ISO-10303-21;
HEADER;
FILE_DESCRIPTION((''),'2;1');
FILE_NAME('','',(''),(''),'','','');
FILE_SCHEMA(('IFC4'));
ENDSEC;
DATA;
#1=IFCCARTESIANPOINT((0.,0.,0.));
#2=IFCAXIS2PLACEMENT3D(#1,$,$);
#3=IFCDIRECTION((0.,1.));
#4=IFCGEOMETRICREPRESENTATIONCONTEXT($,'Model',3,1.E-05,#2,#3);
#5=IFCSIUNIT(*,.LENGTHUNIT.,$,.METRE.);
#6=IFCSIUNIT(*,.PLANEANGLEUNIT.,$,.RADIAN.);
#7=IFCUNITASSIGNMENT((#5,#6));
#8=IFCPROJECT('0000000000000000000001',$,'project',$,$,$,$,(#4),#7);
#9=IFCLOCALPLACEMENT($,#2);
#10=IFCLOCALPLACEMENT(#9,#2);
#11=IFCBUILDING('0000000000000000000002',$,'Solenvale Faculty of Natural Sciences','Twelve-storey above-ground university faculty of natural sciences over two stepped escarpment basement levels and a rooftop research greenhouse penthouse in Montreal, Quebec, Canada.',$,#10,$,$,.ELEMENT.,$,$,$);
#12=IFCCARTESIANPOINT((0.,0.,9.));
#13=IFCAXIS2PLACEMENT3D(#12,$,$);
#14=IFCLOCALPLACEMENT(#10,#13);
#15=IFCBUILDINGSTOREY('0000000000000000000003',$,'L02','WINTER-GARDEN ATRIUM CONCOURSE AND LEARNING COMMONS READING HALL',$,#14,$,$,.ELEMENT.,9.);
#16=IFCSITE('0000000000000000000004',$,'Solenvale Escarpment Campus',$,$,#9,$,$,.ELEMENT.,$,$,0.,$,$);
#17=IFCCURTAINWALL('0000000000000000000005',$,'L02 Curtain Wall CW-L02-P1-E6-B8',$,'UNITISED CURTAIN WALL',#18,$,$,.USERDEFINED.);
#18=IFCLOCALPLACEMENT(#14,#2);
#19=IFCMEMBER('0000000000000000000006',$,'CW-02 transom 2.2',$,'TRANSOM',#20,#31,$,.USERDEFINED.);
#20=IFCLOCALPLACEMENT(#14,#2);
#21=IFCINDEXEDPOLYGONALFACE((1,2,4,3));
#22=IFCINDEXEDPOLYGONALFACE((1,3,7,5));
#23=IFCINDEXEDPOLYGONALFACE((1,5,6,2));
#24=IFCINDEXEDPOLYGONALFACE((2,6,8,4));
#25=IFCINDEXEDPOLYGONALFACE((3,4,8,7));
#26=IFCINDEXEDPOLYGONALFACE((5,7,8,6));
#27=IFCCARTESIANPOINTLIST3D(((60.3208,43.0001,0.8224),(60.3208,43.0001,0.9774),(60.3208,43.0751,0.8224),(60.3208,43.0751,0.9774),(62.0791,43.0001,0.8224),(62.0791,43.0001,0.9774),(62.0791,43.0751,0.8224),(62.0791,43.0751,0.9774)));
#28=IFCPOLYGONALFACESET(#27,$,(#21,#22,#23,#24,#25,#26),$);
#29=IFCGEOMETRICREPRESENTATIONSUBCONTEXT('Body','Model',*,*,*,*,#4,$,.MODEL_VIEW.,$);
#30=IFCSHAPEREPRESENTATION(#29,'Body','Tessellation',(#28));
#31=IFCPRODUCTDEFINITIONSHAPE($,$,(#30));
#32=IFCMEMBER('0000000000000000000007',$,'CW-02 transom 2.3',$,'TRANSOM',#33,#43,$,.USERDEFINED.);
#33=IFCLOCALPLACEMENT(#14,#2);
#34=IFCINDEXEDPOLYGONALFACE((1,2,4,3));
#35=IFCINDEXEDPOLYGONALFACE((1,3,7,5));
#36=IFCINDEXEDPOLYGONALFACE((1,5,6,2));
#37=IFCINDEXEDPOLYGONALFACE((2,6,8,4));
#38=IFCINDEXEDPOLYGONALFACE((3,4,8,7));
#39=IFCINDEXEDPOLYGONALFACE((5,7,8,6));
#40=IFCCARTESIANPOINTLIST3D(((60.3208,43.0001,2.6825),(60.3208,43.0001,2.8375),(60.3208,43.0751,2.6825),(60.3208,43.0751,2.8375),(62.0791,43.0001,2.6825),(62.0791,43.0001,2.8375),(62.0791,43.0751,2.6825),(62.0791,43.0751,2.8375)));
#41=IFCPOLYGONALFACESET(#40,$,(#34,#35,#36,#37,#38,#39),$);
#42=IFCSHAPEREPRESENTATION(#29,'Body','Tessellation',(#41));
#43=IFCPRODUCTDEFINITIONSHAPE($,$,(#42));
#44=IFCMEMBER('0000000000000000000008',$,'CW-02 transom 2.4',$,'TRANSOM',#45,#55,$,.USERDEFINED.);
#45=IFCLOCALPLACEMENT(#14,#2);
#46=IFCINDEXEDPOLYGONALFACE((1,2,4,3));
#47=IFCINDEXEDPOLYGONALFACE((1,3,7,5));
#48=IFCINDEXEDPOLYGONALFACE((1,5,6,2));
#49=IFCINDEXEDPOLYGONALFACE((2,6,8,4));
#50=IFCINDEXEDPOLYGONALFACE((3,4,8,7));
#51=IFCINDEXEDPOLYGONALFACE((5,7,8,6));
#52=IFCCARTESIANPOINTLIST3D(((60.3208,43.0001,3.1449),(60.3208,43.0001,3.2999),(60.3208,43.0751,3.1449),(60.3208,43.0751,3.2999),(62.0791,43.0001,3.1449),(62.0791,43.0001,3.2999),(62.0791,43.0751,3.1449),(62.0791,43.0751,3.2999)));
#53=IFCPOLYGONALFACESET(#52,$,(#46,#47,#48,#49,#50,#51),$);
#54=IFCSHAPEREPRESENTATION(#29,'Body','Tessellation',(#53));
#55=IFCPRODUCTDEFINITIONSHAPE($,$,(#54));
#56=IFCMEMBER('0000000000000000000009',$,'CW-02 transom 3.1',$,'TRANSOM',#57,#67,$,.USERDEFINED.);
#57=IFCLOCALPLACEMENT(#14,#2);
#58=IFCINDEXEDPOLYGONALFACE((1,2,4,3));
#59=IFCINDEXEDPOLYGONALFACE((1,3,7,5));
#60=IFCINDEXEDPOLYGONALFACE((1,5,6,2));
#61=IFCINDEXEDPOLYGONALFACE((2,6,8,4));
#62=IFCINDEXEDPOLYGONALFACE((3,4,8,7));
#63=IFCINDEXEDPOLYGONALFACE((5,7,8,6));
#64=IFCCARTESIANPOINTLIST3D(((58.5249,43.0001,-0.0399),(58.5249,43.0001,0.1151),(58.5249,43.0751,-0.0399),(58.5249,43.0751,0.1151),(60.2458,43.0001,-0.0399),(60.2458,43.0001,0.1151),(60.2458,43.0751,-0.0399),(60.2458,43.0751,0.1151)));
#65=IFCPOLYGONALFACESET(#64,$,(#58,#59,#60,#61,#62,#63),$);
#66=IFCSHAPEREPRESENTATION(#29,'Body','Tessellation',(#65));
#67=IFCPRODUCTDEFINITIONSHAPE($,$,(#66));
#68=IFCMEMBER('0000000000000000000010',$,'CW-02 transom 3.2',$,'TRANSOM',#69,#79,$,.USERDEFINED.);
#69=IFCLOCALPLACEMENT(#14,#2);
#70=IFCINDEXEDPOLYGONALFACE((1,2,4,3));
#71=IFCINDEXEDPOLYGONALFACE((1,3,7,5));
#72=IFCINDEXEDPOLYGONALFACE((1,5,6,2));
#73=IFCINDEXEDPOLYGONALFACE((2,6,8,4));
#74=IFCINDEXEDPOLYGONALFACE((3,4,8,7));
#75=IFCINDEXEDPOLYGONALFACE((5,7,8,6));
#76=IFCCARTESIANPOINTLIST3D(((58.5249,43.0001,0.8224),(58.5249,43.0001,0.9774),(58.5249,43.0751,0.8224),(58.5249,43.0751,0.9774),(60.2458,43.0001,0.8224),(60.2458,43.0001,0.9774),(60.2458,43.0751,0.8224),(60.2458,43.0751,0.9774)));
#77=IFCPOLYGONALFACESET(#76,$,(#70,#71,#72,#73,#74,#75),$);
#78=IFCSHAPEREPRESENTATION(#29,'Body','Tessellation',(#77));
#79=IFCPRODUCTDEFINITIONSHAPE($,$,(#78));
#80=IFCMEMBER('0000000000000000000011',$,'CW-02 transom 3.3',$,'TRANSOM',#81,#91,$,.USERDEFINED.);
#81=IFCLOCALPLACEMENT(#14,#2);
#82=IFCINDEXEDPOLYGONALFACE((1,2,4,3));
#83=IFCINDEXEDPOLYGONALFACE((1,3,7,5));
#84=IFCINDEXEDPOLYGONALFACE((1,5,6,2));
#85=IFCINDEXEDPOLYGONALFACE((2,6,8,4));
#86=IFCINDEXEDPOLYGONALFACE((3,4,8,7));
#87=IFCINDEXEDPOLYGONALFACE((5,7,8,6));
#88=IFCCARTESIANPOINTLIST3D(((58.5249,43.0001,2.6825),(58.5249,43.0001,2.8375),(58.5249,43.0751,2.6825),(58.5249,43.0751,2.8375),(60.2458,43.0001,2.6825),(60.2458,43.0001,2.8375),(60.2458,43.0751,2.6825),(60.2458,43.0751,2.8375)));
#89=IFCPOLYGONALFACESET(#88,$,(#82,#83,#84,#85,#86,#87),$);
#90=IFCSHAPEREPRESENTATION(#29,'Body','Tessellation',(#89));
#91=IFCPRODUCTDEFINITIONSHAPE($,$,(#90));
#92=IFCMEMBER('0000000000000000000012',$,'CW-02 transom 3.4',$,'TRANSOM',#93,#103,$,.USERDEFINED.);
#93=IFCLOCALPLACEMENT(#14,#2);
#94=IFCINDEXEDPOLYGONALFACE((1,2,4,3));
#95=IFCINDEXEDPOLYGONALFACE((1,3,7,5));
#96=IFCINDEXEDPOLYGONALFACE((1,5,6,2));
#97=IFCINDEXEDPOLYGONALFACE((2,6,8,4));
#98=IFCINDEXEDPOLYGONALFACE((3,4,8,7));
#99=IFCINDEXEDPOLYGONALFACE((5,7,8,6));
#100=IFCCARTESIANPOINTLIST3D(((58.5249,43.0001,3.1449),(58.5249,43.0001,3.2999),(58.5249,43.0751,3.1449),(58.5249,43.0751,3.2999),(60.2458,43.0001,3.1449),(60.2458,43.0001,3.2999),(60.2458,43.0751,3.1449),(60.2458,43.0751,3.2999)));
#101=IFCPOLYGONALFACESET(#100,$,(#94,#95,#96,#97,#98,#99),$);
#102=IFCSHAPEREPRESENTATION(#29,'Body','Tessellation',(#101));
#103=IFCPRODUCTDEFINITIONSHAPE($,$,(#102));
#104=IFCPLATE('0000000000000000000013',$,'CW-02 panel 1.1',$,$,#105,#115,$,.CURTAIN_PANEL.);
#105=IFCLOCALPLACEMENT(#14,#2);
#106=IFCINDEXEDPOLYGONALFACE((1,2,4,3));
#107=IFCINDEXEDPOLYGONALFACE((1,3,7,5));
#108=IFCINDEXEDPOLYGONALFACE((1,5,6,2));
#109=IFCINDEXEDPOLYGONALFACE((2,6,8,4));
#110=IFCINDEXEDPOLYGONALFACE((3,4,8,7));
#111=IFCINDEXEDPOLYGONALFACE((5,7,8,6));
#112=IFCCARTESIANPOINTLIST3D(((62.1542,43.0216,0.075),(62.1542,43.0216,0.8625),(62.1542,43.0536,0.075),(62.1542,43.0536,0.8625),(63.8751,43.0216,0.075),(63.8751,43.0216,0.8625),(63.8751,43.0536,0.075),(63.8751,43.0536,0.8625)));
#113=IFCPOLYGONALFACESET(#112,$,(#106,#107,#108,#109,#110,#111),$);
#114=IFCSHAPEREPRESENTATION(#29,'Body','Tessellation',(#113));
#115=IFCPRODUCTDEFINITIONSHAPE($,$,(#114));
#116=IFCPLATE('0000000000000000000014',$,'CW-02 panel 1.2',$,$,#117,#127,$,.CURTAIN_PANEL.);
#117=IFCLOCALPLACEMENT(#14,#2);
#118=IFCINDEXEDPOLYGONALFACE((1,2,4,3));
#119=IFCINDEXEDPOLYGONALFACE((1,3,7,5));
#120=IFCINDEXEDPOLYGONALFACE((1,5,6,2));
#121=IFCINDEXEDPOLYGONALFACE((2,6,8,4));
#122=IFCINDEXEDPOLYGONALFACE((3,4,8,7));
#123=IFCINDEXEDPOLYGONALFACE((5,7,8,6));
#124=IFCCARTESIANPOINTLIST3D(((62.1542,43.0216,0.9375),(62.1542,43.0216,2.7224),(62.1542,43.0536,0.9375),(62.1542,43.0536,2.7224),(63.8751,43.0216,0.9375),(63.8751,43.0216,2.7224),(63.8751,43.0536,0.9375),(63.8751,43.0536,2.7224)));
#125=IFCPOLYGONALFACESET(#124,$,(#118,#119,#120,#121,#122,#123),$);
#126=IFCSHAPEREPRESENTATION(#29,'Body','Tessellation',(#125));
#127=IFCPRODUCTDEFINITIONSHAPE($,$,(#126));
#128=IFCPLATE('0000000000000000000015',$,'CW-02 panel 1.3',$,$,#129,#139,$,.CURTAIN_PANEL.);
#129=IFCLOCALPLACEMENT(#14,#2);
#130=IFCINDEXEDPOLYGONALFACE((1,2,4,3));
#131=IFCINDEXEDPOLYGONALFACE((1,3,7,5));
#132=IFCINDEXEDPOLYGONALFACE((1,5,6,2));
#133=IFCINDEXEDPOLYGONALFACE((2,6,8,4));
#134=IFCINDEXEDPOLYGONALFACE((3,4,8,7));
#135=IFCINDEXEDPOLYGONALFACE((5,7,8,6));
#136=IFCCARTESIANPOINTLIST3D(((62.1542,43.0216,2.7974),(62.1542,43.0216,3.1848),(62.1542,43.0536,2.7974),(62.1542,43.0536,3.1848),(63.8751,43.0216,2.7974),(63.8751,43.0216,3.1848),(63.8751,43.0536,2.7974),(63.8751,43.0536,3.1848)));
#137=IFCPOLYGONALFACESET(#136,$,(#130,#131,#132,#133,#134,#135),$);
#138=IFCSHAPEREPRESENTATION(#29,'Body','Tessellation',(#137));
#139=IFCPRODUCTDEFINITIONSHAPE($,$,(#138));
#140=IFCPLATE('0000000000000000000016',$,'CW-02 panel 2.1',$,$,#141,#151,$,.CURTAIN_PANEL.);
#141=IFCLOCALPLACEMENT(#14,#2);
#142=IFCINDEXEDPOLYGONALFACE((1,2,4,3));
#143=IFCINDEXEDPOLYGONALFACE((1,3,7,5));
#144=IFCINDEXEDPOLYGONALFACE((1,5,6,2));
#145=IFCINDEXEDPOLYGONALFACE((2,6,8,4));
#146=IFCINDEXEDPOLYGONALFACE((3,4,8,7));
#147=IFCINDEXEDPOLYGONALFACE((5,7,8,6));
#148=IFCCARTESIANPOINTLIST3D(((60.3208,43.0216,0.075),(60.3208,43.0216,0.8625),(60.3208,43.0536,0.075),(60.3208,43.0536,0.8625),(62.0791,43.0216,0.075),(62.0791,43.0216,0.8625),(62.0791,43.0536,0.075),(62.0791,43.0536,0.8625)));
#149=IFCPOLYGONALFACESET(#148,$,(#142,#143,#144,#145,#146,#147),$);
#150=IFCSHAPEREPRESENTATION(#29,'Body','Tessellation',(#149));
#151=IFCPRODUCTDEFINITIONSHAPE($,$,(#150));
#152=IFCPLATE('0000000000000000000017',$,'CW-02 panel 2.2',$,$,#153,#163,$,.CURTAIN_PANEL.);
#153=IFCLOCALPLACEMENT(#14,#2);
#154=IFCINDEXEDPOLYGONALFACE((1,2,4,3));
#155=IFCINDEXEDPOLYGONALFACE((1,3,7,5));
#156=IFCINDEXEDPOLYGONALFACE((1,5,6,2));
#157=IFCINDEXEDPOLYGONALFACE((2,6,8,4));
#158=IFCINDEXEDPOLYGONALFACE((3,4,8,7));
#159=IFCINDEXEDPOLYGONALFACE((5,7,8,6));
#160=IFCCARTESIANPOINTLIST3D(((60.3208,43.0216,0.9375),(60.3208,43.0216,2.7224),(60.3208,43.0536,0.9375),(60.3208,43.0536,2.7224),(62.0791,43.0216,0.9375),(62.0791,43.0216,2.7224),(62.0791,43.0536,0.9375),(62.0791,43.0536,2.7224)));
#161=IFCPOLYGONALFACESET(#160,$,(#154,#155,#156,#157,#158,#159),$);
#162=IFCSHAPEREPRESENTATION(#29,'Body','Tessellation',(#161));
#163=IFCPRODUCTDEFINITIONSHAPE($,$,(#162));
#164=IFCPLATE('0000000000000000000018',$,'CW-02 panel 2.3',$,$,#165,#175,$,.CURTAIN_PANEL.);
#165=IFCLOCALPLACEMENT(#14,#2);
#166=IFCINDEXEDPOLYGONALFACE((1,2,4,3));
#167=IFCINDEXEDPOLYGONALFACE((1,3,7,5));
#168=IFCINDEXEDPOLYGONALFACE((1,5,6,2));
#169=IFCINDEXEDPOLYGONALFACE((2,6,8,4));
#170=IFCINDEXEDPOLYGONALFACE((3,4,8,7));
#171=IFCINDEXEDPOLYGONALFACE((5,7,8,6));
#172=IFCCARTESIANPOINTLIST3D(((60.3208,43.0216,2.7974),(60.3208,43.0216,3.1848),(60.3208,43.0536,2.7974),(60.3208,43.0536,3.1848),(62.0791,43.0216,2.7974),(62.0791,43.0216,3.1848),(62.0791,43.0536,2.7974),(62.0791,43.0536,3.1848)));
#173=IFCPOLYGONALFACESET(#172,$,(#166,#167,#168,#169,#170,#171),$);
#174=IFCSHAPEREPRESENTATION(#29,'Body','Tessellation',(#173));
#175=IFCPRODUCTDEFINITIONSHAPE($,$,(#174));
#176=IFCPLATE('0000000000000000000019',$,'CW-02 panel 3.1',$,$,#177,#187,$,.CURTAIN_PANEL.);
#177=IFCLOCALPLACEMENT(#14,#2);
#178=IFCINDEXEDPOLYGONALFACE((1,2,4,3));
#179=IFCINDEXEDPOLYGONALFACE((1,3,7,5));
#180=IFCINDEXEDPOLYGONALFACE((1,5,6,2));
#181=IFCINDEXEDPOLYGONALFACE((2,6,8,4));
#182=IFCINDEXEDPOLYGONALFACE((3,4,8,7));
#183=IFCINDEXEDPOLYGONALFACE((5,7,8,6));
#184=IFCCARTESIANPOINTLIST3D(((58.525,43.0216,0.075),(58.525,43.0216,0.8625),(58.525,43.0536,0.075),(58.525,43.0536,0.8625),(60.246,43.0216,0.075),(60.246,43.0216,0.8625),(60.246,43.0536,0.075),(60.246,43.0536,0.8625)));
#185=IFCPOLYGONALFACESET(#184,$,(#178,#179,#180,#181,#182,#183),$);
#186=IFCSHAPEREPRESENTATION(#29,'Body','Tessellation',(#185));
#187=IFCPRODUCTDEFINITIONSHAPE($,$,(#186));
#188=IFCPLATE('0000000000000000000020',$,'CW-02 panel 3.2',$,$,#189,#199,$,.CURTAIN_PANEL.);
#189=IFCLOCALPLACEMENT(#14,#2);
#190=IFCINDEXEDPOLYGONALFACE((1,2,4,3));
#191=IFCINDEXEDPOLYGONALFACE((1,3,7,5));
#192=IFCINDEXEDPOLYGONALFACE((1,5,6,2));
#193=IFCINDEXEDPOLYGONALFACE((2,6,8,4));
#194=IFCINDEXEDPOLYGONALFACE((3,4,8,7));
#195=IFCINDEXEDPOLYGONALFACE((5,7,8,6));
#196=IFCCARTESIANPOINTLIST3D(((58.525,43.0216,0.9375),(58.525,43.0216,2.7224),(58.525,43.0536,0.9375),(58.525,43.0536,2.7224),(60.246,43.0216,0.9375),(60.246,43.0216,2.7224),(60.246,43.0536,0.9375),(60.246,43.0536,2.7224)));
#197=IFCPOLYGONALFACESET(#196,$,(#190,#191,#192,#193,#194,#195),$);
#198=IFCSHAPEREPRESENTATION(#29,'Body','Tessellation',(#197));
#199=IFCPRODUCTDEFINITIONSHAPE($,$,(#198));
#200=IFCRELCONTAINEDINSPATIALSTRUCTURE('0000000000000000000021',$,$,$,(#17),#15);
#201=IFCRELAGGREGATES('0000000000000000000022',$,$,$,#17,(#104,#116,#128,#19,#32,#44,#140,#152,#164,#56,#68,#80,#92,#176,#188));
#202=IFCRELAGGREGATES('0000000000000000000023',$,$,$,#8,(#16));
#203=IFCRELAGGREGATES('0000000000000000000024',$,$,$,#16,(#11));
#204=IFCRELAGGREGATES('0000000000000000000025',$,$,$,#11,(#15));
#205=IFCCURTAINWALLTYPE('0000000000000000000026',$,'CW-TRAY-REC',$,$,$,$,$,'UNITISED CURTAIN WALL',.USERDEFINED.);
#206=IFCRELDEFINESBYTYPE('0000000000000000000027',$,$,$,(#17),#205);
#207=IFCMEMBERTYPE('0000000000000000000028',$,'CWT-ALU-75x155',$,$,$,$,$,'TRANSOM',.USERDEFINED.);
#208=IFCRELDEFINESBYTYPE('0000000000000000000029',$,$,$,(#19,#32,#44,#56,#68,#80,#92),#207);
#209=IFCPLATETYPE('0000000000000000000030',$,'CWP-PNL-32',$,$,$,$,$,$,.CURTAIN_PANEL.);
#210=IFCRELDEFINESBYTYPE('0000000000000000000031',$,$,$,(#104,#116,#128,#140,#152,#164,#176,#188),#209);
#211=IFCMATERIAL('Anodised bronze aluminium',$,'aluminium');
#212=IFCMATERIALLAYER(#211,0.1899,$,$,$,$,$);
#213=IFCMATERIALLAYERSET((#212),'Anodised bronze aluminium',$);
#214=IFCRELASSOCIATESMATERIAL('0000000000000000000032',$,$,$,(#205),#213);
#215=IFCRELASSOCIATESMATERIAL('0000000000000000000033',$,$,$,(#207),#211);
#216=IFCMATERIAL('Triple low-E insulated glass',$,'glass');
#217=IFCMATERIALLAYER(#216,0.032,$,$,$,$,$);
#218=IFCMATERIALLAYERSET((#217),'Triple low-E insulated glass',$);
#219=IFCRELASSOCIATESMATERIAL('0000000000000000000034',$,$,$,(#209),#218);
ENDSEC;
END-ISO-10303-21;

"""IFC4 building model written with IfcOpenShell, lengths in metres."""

from ifc_helpers import new_model, si_unit, direction, frame, origin, origin_2d, place, context, subcontext, project, spatial, rectangle, extrude, material, layer, layer_set, material_profile, profile_set, type_object, element, aggregate, save


model = new_model("IFC4")

# Units and contexts
model_context = context("Model", 3, precision=1e-05, world=origin(), true_north=direction((0.0, 1.0)))
body_context = subcontext(model_context, "Body", "Model", "MODEL_VIEW")
ifc_project = project(units=[si_unit("LENGTHUNIT", "METRE"), si_unit("PLANEANGLEUNIT", "RADIAN")], contexts=[model_context])

# Site, building, storey
site_placement = place(None, origin())
site = spatial("IfcSite", under=ifc_project, at=site_placement, Name="Solenvale Escarpment Campus", CompositionType="ELEMENT", RefElevation=0.0)
building_placement = place(site_placement, origin())
building = spatial("IfcBuilding", under=site, at=building_placement, Name="Solenvale Faculty of Natural Sciences", Description="Twelve-storey above-ground university faculty of natural sciences over two stepped escarpment basement levels and a rooftop research greenhouse penthouse in Montreal, Quebec, Canada.", CompositionType="ELEMENT")
storey_placement = place(building_placement, frame((0.0, 0.0, 9.0)))
storey = spatial("IfcBuildingStorey", under=building, at=storey_placement, Name="L02", Description="WINTER-GARDEN ATRIUM CONCOURSE AND LEARNING COMMONS READING HALL", CompositionType="ELEMENT", Elevation=9.0)

# Curtain wall, members, plates
ifc_material_1 = material(Name="Anodised bronze aluminium", Category="aluminium")
ifc_layer_1 = layer(ifc_material_1, 0.1899)
ifc_layer_set_1 = layer_set([ifc_layer_1], Name="Anodised bronze aluminium")
curtain_wall_type = type_object("IfcCurtainWallType", Name="CW-TRAY-REC", ElementType="UNITISED CURTAIN WALL", PredefinedType="USERDEFINED", material=ifc_layer_set_1)
curtain_wall_placement = place(storey_placement, origin())
curtain_wall = element("IfcCurtainWall", 1, at=curtain_wall_placement, inside=storey, type_object=curtain_wall_type, Name="L02 Curtain Wall CW-L02-P1-E6-B8", ObjectType="UNITISED CURTAIN WALL", PredefinedType="USERDEFINED")
ifc_material_profile_1 = material_profile(ifc_material_1, rectangle(XDim=0.075, YDim=0.155, at=origin_2d()), Name="ALU-TRN-75x155")
ifc_profile_set_1 = profile_set([ifc_material_profile_1], Name="Anodised bronze aluminium")
member_type_1 = type_object("IfcMemberType", Name="CWT-ALU-75x155", ElementType="TRANSOM", PredefinedType="USERDEFINED", material=ifc_profile_set_1)
member_1_placement = place(storey_placement, frame((62.0791, 43.0376, 0.8999), z_axis=(-1.0, 0.0, 0.0), x_axis=(0.0, -1.0, 0.0)))
member_1 = element("IfcMember", 2, at=member_1_placement, type_object=member_type_1, Name="CW-02 transom 2.2", ObjectType="TRANSOM", PredefinedType="USERDEFINED", context=body_context, shape_type="SweptSolid", body=[
    extrude(rectangle(XDim=0.075, YDim=0.155, at=origin_2d()), origin(), (0.0, 0.0, 1.0), 1.7583),
])
member_2_placement = place(storey_placement, frame((62.0791, 43.0376, 2.76), z_axis=(-1.0, 0.0, 0.0), x_axis=(0.0, -1.0, 0.0)))
member_2 = element("IfcMember", 3, at=member_2_placement, type_object=member_type_1, Name="CW-02 transom 2.3", ObjectType="TRANSOM", PredefinedType="USERDEFINED", context=body_context, shape_type="SweptSolid", body=[
    extrude(rectangle(XDim=0.075, YDim=0.155, at=origin_2d()), origin(), (0.0, 0.0, 1.0), 1.7583),
])
member_3_placement = place(storey_placement, frame((62.0791, 43.0376, 3.2224), z_axis=(-1.0, 0.0, 0.0), x_axis=(0.0, -1.0, 0.0)))
member_3 = element("IfcMember", 4, at=member_3_placement, type_object=member_type_1, Name="CW-02 transom 2.4", ObjectType="TRANSOM", PredefinedType="USERDEFINED", context=body_context, shape_type="SweptSolid", body=[
    extrude(rectangle(XDim=0.075, YDim=0.155, at=origin_2d()), origin(), (0.0, 0.0, 1.0), 1.7583),
])
member_4_placement = place(storey_placement, frame((60.2458, 43.0376, 0.0376), z_axis=(-1.0, 0.0, 0.0), x_axis=(0.0, -1.0, 0.0)))
member_4 = element("IfcMember", 5, at=member_4_placement, type_object=member_type_1, Name="CW-02 transom 3.1", ObjectType="TRANSOM", PredefinedType="USERDEFINED", context=body_context, shape_type="SweptSolid", body=[
    extrude(rectangle(XDim=0.075, YDim=0.155, at=origin_2d()), origin(), (0.0, 0.0, 1.0), 1.7209),
])
member_5_placement = place(storey_placement, frame((60.2458, 43.0376, 0.8999), z_axis=(-1.0, 0.0, 0.0), x_axis=(0.0, -1.0, 0.0)))
member_5 = element("IfcMember", 6, at=member_5_placement, type_object=member_type_1, Name="CW-02 transom 3.2", ObjectType="TRANSOM", PredefinedType="USERDEFINED", context=body_context, shape_type="SweptSolid", body=[
    extrude(rectangle(XDim=0.075, YDim=0.155, at=origin_2d()), origin(), (0.0, 0.0, 1.0), 1.7209),
])
member_6_placement = place(storey_placement, frame((60.2458, 43.0376, 2.76), z_axis=(-1.0, 0.0, 0.0), x_axis=(0.0, -1.0, 0.0)))
member_6 = element("IfcMember", 7, at=member_6_placement, type_object=member_type_1, Name="CW-02 transom 3.3", ObjectType="TRANSOM", PredefinedType="USERDEFINED", context=body_context, shape_type="SweptSolid", body=[
    extrude(rectangle(XDim=0.075, YDim=0.155, at=origin_2d()), origin(), (0.0, 0.0, 1.0), 1.7209),
])
member_7_placement = place(storey_placement, frame((60.2458, 43.0376, 3.2224), z_axis=(-1.0, 0.0, 0.0), x_axis=(0.0, -1.0, 0.0)))
member_7 = element("IfcMember", 8, at=member_7_placement, type_object=member_type_1, Name="CW-02 transom 3.4", ObjectType="TRANSOM", PredefinedType="USERDEFINED", context=body_context, shape_type="SweptSolid", body=[
    extrude(rectangle(XDim=0.075, YDim=0.155, at=origin_2d()), origin(), (0.0, 0.0, 1.0), 1.7209),
])
ifc_material_2 = material(Name="Triple low-E insulated glass", Category="glass")
ifc_layer_2 = layer(ifc_material_2, 0.032)
ifc_layer_set_2 = layer_set([ifc_layer_2], Name="Triple low-E insulated glass")
plate_type = type_object("IfcPlateType", Name="CWP-PNL-32", PredefinedType="CURTAIN_PANEL", material=ifc_layer_set_2)
plate_1_placement = place(storey_placement, frame((63.0146, 43.0376, 0.075), z_axis=(0.0, 0.0, 1.0), x_axis=(-1.0, 0.0, 0.0)))
plate_1 = element("IfcPlate", 9, at=plate_1_placement, type_object=plate_type, Name="CW-02 panel 1.1", PredefinedType="CURTAIN_PANEL", context=body_context, shape_type="SweptSolid", body=[
    extrude(rectangle(XDim=1.7209, YDim=0.032, at=origin_2d()), origin(), (0.0, 0.0, 1.0), 0.7876),
])
plate_2_placement = place(storey_placement, frame((63.0146, 43.0376, 0.9375), z_axis=(0.0, 0.0, 1.0), x_axis=(-1.0, 0.0, 0.0)))
plate_2 = element("IfcPlate", 10, at=plate_2_placement, type_object=plate_type, Name="CW-02 panel 1.2", PredefinedType="CURTAIN_PANEL", context=body_context, shape_type="SweptSolid", body=[
    extrude(rectangle(XDim=1.7209, YDim=0.032, at=origin_2d()), origin(), (0.0, 0.0, 1.0), 1.7849),
])
plate_3_placement = place(storey_placement, frame((63.0146, 43.0376, 2.7974), z_axis=(0.0, 0.0, 1.0), x_axis=(-1.0, 0.0, 0.0)))
plate_3 = element("IfcPlate", 11, at=plate_3_placement, type_object=plate_type, Name="CW-02 panel 1.3", PredefinedType="CURTAIN_PANEL", context=body_context, shape_type="SweptSolid", body=[
    extrude(rectangle(XDim=1.7209, YDim=0.032, at=origin_2d()), origin(), (0.0, 0.0, 1.0), 0.3875),
])
plate_4_placement = place(storey_placement, frame((61.2, 43.0376, 0.075), z_axis=(0.0, 0.0, 1.0), x_axis=(-1.0, 0.0, 0.0)))
plate_4 = element("IfcPlate", 12, at=plate_4_placement, type_object=plate_type, Name="CW-02 panel 2.1", PredefinedType="CURTAIN_PANEL", context=body_context, shape_type="SweptSolid", body=[
    extrude(rectangle(XDim=1.7583, YDim=0.032, at=origin_2d()), origin(), (0.0, 0.0, 1.0), 0.7876),
])
plate_5_placement = place(storey_placement, frame((61.2, 43.0376, 0.9375), z_axis=(0.0, 0.0, 1.0), x_axis=(-1.0, 0.0, 0.0)))
plate_5 = element("IfcPlate", 13, at=plate_5_placement, type_object=plate_type, Name="CW-02 panel 2.2", PredefinedType="CURTAIN_PANEL", context=body_context, shape_type="SweptSolid", body=[
    extrude(rectangle(XDim=1.7583, YDim=0.032, at=origin_2d()), origin(), (0.0, 0.0, 1.0), 1.7849),
])
plate_6_placement = place(storey_placement, frame((61.2, 43.0376, 2.7974), z_axis=(0.0, 0.0, 1.0), x_axis=(-1.0, 0.0, 0.0)))
plate_6 = element("IfcPlate", 14, at=plate_6_placement, type_object=plate_type, Name="CW-02 panel 2.3", PredefinedType="CURTAIN_PANEL", context=body_context, shape_type="SweptSolid", body=[
    extrude(rectangle(XDim=1.7583, YDim=0.032, at=origin_2d()), origin(), (0.0, 0.0, 1.0), 0.3875),
])
plate_7_placement = place(storey_placement, frame((59.3855, 43.0376, 0.075), z_axis=(0.0, 0.0, 1.0), x_axis=(-1.0, 0.0, 0.0)))
plate_7 = element("IfcPlate", 15, at=plate_7_placement, type_object=plate_type, Name="CW-02 panel 3.1", PredefinedType="CURTAIN_PANEL", context=body_context, shape_type="SweptSolid", body=[
    extrude(rectangle(XDim=1.7209, YDim=0.032, at=origin_2d()), origin(), (0.0, 0.0, 1.0), 0.7876),
])
plate_8_placement = place(storey_placement, frame((59.3855, 43.0376, 0.9375), z_axis=(0.0, 0.0, 1.0), x_axis=(-1.0, 0.0, 0.0)))
plate_8 = element("IfcPlate", 16, at=plate_8_placement, type_object=plate_type, Name="CW-02 panel 3.2", PredefinedType="CURTAIN_PANEL", context=body_context, shape_type="SweptSolid", body=[
    extrude(rectangle(XDim=1.7209, YDim=0.032, at=origin_2d()), origin(), (0.0, 0.0, 1.0), 1.7849),
])
aggregate(curtain_wall, [plate_1, plate_2, plate_3, member_1, member_2, member_3, plate_4, plate_5, plate_6, member_4, member_5, member_6, member_7, plate_7, plate_8])

save(model, "model.ifc")
